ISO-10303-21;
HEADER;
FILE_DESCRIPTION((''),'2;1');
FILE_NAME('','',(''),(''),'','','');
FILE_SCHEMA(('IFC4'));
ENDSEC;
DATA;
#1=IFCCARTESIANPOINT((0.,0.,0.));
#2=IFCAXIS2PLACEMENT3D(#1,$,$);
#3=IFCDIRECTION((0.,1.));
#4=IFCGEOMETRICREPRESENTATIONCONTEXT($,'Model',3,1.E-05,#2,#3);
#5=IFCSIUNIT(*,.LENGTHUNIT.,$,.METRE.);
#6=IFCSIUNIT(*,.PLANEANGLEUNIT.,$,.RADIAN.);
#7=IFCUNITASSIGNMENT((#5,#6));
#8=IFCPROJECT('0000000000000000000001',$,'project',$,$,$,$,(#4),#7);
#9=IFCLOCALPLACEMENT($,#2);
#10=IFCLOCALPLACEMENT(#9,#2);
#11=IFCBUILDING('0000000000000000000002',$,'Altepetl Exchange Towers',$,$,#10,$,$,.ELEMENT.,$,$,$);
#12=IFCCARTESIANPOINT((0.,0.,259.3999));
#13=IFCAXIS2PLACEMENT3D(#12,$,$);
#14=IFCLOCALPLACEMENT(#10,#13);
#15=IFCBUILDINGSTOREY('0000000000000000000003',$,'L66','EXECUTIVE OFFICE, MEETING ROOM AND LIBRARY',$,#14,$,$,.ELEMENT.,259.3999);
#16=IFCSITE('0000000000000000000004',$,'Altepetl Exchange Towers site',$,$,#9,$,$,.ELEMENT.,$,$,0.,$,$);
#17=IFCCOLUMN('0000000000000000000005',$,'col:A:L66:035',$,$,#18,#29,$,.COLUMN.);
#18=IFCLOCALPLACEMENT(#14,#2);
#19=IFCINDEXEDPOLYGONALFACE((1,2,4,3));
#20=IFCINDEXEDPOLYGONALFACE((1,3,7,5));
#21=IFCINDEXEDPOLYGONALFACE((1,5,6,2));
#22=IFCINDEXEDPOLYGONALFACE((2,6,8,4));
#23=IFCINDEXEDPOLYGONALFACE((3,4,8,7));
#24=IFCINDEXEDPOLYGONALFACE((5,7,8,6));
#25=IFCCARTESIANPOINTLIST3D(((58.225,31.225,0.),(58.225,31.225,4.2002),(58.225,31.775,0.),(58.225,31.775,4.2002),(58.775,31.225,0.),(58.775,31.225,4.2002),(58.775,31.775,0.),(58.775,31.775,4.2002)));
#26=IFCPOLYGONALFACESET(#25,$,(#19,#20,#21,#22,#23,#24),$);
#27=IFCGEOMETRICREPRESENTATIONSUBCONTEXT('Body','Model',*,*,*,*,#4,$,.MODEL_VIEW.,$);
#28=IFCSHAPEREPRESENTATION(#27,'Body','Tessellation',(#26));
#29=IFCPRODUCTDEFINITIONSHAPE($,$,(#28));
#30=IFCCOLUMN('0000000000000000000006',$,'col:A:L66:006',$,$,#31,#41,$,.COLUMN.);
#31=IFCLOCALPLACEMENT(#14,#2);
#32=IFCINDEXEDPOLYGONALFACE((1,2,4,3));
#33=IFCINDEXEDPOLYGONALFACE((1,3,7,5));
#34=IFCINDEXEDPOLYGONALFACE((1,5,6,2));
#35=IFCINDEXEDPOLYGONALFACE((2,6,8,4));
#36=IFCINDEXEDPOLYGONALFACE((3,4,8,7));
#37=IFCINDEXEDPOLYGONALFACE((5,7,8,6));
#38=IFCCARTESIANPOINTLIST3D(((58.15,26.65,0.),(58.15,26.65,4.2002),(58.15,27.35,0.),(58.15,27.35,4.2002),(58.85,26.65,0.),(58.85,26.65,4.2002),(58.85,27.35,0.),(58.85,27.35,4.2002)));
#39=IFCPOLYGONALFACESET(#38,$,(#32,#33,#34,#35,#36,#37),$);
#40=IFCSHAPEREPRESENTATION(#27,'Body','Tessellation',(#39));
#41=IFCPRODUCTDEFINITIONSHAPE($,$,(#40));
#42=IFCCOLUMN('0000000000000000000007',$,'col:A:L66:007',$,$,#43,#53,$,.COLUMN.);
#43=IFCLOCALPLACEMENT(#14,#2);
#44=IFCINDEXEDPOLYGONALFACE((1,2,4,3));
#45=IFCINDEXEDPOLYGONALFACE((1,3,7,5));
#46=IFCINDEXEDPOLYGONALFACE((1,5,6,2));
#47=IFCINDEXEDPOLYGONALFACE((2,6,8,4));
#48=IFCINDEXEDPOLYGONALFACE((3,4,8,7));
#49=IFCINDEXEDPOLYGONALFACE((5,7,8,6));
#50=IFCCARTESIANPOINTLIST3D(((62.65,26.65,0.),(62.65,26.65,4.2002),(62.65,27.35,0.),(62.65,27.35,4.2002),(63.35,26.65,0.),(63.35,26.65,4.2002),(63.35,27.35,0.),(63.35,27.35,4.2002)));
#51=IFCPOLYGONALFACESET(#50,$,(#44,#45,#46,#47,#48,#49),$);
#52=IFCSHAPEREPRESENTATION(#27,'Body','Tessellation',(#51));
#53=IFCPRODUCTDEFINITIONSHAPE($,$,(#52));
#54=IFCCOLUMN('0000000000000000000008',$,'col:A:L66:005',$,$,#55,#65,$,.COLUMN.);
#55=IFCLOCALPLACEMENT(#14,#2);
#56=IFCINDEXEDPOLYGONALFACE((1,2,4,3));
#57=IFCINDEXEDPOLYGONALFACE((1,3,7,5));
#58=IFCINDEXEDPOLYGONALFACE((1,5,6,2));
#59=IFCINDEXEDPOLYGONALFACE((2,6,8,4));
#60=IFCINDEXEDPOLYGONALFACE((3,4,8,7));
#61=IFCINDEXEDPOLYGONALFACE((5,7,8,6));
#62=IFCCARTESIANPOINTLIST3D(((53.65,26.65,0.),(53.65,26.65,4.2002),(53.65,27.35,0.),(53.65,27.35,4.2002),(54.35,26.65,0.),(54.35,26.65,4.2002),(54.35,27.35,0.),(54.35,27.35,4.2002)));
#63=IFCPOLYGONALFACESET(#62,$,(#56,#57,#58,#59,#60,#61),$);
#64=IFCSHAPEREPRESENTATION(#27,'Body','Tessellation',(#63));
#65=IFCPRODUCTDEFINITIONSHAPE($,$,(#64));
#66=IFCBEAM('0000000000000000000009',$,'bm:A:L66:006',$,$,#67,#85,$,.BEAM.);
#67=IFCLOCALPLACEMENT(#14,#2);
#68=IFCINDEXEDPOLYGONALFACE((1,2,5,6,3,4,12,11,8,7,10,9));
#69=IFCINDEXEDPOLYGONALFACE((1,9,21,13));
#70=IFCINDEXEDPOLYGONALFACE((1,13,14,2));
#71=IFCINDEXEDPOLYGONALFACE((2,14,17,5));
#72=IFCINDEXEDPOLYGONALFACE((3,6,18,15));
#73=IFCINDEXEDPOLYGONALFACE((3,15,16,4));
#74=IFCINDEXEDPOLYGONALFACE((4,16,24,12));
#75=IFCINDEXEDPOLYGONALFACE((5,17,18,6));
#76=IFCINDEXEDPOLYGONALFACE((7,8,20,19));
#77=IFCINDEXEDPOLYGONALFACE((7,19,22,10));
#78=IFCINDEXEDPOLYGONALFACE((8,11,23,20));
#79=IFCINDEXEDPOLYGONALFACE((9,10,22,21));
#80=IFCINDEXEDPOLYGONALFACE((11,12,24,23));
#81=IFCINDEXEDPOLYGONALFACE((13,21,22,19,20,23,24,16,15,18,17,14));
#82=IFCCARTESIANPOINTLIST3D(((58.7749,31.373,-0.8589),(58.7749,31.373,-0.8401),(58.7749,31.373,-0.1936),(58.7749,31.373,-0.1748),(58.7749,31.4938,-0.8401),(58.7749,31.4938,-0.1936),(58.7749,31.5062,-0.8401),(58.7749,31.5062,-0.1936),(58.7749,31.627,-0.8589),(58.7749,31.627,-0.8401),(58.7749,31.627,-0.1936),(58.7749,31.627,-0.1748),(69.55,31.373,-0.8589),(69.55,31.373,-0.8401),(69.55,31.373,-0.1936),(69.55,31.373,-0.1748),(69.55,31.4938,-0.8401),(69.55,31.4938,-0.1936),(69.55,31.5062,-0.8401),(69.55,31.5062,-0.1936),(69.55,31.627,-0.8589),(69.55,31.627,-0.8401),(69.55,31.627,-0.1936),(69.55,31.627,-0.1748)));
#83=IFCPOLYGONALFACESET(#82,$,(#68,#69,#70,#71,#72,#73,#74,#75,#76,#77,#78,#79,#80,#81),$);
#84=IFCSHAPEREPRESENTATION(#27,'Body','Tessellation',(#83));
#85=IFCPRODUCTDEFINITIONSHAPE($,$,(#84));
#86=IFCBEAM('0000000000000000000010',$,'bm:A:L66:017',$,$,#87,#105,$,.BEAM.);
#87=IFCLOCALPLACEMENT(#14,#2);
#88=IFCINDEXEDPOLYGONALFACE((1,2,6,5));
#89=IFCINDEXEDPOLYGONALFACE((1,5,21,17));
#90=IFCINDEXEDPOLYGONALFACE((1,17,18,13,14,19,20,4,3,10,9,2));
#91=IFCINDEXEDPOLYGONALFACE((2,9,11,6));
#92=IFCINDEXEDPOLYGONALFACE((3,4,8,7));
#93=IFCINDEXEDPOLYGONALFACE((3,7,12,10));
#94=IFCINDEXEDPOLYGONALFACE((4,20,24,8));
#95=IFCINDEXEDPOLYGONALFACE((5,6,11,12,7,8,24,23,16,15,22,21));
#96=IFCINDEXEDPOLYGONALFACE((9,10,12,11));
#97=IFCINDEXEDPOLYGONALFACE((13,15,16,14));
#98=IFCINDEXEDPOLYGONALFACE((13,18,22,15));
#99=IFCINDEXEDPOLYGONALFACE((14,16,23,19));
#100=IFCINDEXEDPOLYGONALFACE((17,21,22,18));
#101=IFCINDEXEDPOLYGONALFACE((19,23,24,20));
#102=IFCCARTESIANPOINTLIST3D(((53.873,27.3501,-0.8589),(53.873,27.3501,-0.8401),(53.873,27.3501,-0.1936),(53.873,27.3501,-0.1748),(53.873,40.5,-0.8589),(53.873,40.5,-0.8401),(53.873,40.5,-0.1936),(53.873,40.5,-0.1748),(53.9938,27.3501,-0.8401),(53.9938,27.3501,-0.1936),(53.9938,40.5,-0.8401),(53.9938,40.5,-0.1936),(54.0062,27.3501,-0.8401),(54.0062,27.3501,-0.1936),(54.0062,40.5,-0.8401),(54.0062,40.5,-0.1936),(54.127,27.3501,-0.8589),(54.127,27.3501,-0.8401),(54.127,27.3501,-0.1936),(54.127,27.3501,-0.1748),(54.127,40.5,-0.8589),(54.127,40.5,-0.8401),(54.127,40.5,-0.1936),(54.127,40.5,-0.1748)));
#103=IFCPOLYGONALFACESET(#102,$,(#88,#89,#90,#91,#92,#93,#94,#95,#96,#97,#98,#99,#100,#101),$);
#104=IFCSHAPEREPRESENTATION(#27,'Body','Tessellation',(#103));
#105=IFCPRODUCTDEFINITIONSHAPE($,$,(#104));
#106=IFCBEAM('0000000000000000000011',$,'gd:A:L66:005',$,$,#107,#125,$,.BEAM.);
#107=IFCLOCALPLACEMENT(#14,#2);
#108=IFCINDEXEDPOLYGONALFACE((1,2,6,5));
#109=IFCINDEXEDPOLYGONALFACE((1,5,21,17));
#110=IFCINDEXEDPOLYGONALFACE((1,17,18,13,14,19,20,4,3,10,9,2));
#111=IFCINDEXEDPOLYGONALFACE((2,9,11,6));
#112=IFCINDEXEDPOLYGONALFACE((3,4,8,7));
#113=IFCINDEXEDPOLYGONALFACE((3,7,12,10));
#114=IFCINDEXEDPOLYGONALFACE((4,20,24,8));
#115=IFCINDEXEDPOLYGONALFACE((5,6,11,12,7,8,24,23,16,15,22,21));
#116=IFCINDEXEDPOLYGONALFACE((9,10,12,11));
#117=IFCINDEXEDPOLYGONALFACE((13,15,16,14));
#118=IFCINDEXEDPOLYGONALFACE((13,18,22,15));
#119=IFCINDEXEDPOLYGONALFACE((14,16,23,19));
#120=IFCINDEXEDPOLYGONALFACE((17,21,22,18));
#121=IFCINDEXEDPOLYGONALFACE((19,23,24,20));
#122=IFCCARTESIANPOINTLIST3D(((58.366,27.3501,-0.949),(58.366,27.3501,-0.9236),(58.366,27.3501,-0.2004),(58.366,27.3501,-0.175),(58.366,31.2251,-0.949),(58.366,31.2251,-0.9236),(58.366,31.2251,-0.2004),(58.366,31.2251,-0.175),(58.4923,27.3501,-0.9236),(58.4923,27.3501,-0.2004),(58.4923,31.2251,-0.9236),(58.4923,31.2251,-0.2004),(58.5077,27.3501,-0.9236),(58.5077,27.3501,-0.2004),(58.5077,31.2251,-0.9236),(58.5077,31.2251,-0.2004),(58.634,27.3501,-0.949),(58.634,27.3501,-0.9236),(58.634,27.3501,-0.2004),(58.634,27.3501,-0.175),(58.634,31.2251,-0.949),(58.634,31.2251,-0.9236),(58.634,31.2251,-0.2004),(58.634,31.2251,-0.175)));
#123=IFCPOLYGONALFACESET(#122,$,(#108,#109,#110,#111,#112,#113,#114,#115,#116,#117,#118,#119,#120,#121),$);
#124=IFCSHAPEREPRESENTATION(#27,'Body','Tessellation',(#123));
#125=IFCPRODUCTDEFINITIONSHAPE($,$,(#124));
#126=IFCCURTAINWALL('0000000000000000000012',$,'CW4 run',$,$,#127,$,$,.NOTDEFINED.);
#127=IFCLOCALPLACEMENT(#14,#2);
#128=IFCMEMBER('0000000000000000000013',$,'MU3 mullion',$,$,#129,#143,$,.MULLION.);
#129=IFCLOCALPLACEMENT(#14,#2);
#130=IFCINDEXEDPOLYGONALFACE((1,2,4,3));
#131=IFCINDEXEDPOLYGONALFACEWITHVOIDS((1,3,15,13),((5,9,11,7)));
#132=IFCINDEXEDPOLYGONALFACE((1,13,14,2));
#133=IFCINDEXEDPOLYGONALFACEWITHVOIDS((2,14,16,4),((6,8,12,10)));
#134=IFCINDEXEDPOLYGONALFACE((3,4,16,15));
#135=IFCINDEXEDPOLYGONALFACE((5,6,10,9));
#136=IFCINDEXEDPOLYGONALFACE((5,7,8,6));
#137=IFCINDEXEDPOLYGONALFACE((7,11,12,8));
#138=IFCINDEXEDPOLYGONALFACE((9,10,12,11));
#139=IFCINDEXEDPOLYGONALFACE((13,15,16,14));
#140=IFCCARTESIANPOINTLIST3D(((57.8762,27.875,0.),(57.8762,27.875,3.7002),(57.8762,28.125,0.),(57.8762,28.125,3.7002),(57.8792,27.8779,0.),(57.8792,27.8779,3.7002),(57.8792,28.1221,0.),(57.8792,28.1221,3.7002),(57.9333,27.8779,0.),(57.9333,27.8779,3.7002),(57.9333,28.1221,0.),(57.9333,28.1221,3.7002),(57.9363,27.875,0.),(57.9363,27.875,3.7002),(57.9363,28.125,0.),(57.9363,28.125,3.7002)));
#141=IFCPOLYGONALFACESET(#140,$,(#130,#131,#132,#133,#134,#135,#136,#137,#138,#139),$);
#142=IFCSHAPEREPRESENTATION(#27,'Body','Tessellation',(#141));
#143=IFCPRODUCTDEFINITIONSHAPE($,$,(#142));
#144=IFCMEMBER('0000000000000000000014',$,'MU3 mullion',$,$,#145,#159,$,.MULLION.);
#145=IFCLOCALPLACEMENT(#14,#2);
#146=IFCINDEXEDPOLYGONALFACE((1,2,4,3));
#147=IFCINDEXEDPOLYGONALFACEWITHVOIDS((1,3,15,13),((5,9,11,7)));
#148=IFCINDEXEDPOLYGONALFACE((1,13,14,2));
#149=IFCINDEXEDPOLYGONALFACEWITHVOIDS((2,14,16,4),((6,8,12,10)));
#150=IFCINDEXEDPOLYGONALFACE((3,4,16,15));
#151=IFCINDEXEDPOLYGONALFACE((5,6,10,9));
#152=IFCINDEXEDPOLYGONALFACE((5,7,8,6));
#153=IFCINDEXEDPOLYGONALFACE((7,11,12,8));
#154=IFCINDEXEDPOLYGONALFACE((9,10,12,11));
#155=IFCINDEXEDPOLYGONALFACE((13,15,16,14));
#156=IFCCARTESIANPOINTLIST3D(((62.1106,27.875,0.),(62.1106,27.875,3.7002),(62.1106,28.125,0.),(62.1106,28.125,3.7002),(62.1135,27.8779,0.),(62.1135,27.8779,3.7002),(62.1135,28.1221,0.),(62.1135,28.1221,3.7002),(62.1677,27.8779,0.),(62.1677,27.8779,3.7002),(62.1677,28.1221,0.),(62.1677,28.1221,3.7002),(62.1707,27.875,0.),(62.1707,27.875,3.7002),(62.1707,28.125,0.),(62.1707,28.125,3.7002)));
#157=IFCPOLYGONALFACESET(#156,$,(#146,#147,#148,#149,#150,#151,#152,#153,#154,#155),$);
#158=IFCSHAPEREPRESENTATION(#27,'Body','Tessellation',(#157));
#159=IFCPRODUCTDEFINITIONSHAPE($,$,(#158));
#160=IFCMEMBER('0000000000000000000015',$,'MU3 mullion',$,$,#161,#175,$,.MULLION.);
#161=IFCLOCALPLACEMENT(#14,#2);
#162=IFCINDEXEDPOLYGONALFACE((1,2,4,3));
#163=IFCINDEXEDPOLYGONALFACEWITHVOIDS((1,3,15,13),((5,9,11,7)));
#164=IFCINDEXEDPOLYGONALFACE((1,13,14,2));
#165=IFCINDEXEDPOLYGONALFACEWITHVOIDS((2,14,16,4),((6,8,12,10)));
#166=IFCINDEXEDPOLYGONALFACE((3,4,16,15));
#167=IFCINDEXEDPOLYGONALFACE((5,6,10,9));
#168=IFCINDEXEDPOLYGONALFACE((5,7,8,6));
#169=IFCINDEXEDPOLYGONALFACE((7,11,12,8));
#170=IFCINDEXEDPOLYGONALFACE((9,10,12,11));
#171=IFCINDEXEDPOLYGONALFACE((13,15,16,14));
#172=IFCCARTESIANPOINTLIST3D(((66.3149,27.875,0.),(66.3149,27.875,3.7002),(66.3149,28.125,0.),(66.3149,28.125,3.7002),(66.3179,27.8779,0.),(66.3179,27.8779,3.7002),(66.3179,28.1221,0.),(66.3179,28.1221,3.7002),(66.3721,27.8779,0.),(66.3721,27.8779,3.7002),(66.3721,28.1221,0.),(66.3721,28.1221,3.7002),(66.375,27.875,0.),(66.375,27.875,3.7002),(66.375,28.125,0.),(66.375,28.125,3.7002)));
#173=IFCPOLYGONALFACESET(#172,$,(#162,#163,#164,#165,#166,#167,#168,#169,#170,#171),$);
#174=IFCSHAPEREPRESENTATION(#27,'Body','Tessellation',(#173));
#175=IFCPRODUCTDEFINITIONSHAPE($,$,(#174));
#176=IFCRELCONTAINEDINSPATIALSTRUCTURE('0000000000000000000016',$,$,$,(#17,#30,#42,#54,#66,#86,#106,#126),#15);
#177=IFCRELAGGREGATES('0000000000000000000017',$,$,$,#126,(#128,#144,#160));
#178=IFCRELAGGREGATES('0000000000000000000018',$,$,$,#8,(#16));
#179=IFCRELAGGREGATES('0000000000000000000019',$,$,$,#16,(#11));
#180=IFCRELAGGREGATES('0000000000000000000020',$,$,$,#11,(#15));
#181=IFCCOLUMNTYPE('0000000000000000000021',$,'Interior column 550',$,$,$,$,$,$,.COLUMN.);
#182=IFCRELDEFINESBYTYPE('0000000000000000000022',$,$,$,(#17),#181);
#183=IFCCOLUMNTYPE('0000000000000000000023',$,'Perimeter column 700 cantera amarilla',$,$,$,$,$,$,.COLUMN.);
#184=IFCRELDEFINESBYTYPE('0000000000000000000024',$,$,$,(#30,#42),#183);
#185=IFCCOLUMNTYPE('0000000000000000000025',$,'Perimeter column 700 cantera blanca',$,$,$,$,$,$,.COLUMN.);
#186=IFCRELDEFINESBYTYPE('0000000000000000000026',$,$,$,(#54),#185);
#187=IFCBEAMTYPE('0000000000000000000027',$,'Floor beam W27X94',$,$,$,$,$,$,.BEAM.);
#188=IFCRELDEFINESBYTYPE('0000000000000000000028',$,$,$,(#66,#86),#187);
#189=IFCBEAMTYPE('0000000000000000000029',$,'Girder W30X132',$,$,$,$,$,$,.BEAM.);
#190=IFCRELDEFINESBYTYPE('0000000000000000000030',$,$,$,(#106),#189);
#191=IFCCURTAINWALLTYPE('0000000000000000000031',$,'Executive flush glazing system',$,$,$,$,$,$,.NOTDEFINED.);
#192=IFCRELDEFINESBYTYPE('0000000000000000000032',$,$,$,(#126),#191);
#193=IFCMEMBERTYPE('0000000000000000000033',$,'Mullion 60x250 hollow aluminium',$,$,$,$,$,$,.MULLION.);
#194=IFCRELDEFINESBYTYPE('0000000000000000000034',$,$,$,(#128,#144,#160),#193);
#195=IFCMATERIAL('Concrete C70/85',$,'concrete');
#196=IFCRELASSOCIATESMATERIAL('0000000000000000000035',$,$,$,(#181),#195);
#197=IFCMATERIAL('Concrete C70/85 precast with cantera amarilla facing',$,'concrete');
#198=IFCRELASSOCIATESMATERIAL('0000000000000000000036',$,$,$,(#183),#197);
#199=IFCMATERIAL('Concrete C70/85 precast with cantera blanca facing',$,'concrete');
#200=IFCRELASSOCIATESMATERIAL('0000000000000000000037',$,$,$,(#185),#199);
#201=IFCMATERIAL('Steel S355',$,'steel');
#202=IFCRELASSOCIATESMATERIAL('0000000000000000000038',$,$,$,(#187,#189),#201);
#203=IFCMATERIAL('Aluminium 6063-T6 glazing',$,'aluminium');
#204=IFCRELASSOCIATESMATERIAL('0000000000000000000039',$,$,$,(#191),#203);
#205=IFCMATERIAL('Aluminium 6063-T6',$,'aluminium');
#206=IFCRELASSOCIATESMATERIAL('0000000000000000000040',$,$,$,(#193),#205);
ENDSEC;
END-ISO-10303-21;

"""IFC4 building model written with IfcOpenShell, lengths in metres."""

from ifc_helpers import new_model, si_unit, direction, frame, origin, origin_2d, place, context, subcontext, project, spatial, rectangle, hollow_rectangle, i_section, extrude, material, material_profile, profile_set, type_object, element, aggregate, save


model = new_model("IFC4")

# Units and contexts
model_context = context("Model", 3, precision=1e-05, world=origin(), true_north=direction((0.0, 1.0)))
body_context = subcontext(model_context, "Body", "Model", "MODEL_VIEW")
ifc_project = project(units=[si_unit("LENGTHUNIT", "METRE"), si_unit("PLANEANGLEUNIT", "RADIAN")], contexts=[model_context])

# Site, building, storey
site_placement = place(None, origin())
site = spatial("IfcSite", under=ifc_project, at=site_placement, Name="Altepetl Exchange Towers site", CompositionType="ELEMENT", RefElevation=0.0)
building_placement = place(site_placement, origin())
building = spatial("IfcBuilding", under=site, at=building_placement, Name="Altepetl Exchange Towers", CompositionType="ELEMENT")
storey_placement = place(building_placement, frame((0.0, 0.0, 259.3999)))
storey = spatial("IfcBuildingStorey", under=building, at=storey_placement, Name="L66", Description="EXECUTIVE OFFICE, MEETING ROOM AND LIBRARY", CompositionType="ELEMENT", Elevation=259.3999)

# Columns
ifc_material_1 = material(Name="Concrete C70/85", Category="concrete")
ifc_material_profile_1 = material_profile(ifc_material_1, rectangle(XDim=0.55, YDim=0.55, at=origin_2d()), Name="550 x 550")
ifc_profile_set_1 = profile_set([ifc_material_profile_1], Name="Concrete C70/85")
column_type_1 = type_object("IfcColumnType", Name="Interior column 550", PredefinedType="COLUMN", material=ifc_profile_set_1)
column_1_placement = place(storey_placement, frame((58.5, 31.5, 0.0)))
element("IfcColumn", 1, at=column_1_placement, inside=storey, type_object=column_type_1, Name="col:A:L66:035", PredefinedType="COLUMN", context=body_context, shape_type="SweptSolid", body=[
    extrude(rectangle(XDim=0.55, YDim=0.55, at=origin_2d()), origin(), (0.0, 0.0, 1.0), 4.2002),
])
ifc_material_2 = material(Name="Concrete C70/85 precast with cantera amarilla facing", Category="concrete")
ifc_material_profile_2 = material_profile(ifc_material_2, rectangle(XDim=0.7, YDim=0.7, at=origin_2d()), Name="700 x 700")
ifc_profile_set_2 = profile_set([ifc_material_profile_2], Name="Concrete C70/85 precast with cantera amarilla facing")
column_type_2 = type_object("IfcColumnType", Name="Perimeter column 700 cantera amarilla", PredefinedType="COLUMN", material=ifc_profile_set_2)
for number, where, name in (
    (2, (58.5, 27.0, 0.0), "col:A:L66:006"),
    (3, (63.0, 27.0, 0.0), "col:A:L66:007"),
):
    element("IfcColumn", number, at=place(storey_placement, frame(where)), inside=storey, type_object=column_type_2, Name=name, PredefinedType="COLUMN", context=body_context, shape_type="SweptSolid", body=[
        extrude(rectangle(XDim=0.7, YDim=0.7, at=origin_2d()), origin(), (0.0, 0.0, 1.0), 4.2002),
    ])
ifc_material_3 = material(Name="Concrete C70/85 precast with cantera blanca facing", Category="concrete")
ifc_material_profile_3 = material_profile(ifc_material_3, rectangle(XDim=0.7, YDim=0.7, at=origin_2d()), Name="700 x 700")
ifc_profile_set_3 = profile_set([ifc_material_profile_3], Name="Concrete C70/85 precast with cantera blanca facing")
column_type_3 = type_object("IfcColumnType", Name="Perimeter column 700 cantera blanca", PredefinedType="COLUMN", material=ifc_profile_set_3)
column_2_placement = place(storey_placement, frame((54.0, 27.0, 0.0)))
element("IfcColumn", 4, at=column_2_placement, inside=storey, type_object=column_type_3, Name="col:A:L66:005", PredefinedType="COLUMN", context=body_context, shape_type="SweptSolid", body=[
    extrude(rectangle(XDim=0.7, YDim=0.7, at=origin_2d()), origin(), (0.0, 0.0, 1.0), 4.2002),
])

# Beams
ifc_material_4 = material(Name="Steel S355", Category="steel")
ifc_material_profile_4 = material_profile(ifc_material_4, i_section(OverallWidth=0.2539, OverallDepth=0.6841, WebThickness=0.0125, FlangeThickness=0.0188, at=origin_2d()), Name="W27X94")
ifc_profile_set_4 = profile_set([ifc_material_profile_4], Name="Steel S355")
beam_type_1 = type_object("IfcBeamType", Name="Floor beam W27X94", PredefinedType="BEAM", material=ifc_profile_set_4)
beam_1_placement = place(storey_placement, frame((58.7749, 31.5, -0.5168), z_axis=(1.0, 0.0, 0.0), x_axis=(0.0, 1.0, 0.0)))
element("IfcBeam", 5, at=beam_1_placement, inside=storey, type_object=beam_type_1, Name="bm:A:L66:006", PredefinedType="BEAM", context=body_context, shape_type="SweptSolid", body=[
    extrude(i_section(OverallWidth=0.2539, OverallDepth=0.6841, WebThickness=0.0125, FlangeThickness=0.0188, at=origin_2d()), origin(), (0.0, 0.0, 1.0), 10.7751),
])
beam_2_placement = place(storey_placement, frame((54.0, 27.3501, -0.5168), z_axis=(0.0, 1.0, 0.0), x_axis=(-1.0, 0.0, 0.0)))
element("IfcBeam", 6, at=beam_2_placement, inside=storey, type_object=beam_type_1, Name="bm:A:L66:017", PredefinedType="BEAM", context=body_context, shape_type="SweptSolid", body=[
    extrude(i_section(OverallWidth=0.2539, OverallDepth=0.6841, WebThickness=0.0125, FlangeThickness=0.0188, at=origin_2d()), origin(), (0.0, 0.0, 1.0), 13.1499),
])
ifc_material_profile_5 = material_profile(ifc_material_4, i_section(OverallWidth=0.2681, OverallDepth=0.7739, WebThickness=0.0154, FlangeThickness=0.0254, at=origin_2d()), Name="W30X132")
ifc_profile_set_5 = profile_set([ifc_material_profile_5], Name="Steel S355")
beam_type_2 = type_object("IfcBeamType", Name="Girder W30X132", PredefinedType="BEAM", material=ifc_profile_set_5)
beam_3_placement = place(storey_placement, frame((58.5, 31.2251, -0.562), z_axis=(0.0, -1.0, 0.0), x_axis=(1.0, 0.0, 0.0)))
element("IfcBeam", 7, at=beam_3_placement, inside=storey, type_object=beam_type_2, Name="gd:A:L66:005", PredefinedType="BEAM", context=body_context, shape_type="SweptSolid", body=[
    extrude(i_section(OverallWidth=0.2681, OverallDepth=0.7739, WebThickness=0.0154, FlangeThickness=0.0254, at=origin_2d()), origin(), (0.0, 0.0, 1.0), 3.875),
])

# Curtain wall, members
ifc_material_5 = material(Name="Aluminium 6063-T6 glazing", Category="aluminium")
curtain_wall_type = type_object("IfcCurtainWallType", Name="Executive flush glazing system", PredefinedType="NOTDEFINED", material=ifc_material_5)
curtain_wall_1_placement = place(storey_placement, origin())
curtain_wall_1 = element("IfcCurtainWall", 8, at=curtain_wall_1_placement, inside=storey, type_object=curtain_wall_type, Name="CW4 run", PredefinedType="NOTDEFINED")
ifc_material_6 = material(Name="Aluminium 6063-T6", Category="aluminium")
ifc_material_profile_6 = material_profile(ifc_material_6, hollow_rectangle(XDim=0.0601, YDim=0.25, WallThickness=0.0029, at=origin_2d()), Name="Mullion 60x250 hollow aluminium")
ifc_profile_set_6 = profile_set([ifc_material_profile_6], Name="Aluminium 6063-T6")
member_type_1 = type_object("IfcMemberType", Name="Mullion 60x250 hollow aluminium", PredefinedType="MULLION", material=ifc_profile_set_6)
member_1_placement = place(storey_placement, frame((57.9062, 28.0, 0.0)))
member_1 = element("IfcMember", 9, at=member_1_placement, type_object=member_type_1, Name="MU3 mullion", PredefinedType="MULLION", context=body_context, shape_type="SweptSolid", body=[
    extrude(hollow_rectangle(XDim=0.0601, YDim=0.25, WallThickness=0.0029, at=origin_2d()), origin(), (0.0, 0.0, 1.0), 3.7002),
])
member_2_placement = place(storey_placement, frame((62.1406, 28.0, 0.0)))
member_2 = element("IfcMember", 10, at=member_2_placement, type_object=member_type_1, Name="MU3 mullion", PredefinedType="MULLION", context=body_context, shape_type="SweptSolid", body=[
    extrude(hollow_rectangle(XDim=0.0601, YDim=0.25, WallThickness=0.0029, at=origin_2d()), origin(), (0.0, 0.0, 1.0), 3.7002),
])
member_3_placement = place(storey_placement, frame((66.345, 28.0, 0.0)))
member_3 = element("IfcMember", 11, at=member_3_placement, type_object=member_type_1, Name="MU3 mullion", PredefinedType="MULLION", context=body_context, shape_type="SweptSolid", body=[
    extrude(hollow_rectangle(XDim=0.0601, YDim=0.25, WallThickness=0.0029, at=origin_2d()), origin(), (0.0, 0.0, 1.0), 3.7002),
])

aggregate(curtain_wall_1, [member_1, member_2, member_3])

save(model, "model.ifc")
